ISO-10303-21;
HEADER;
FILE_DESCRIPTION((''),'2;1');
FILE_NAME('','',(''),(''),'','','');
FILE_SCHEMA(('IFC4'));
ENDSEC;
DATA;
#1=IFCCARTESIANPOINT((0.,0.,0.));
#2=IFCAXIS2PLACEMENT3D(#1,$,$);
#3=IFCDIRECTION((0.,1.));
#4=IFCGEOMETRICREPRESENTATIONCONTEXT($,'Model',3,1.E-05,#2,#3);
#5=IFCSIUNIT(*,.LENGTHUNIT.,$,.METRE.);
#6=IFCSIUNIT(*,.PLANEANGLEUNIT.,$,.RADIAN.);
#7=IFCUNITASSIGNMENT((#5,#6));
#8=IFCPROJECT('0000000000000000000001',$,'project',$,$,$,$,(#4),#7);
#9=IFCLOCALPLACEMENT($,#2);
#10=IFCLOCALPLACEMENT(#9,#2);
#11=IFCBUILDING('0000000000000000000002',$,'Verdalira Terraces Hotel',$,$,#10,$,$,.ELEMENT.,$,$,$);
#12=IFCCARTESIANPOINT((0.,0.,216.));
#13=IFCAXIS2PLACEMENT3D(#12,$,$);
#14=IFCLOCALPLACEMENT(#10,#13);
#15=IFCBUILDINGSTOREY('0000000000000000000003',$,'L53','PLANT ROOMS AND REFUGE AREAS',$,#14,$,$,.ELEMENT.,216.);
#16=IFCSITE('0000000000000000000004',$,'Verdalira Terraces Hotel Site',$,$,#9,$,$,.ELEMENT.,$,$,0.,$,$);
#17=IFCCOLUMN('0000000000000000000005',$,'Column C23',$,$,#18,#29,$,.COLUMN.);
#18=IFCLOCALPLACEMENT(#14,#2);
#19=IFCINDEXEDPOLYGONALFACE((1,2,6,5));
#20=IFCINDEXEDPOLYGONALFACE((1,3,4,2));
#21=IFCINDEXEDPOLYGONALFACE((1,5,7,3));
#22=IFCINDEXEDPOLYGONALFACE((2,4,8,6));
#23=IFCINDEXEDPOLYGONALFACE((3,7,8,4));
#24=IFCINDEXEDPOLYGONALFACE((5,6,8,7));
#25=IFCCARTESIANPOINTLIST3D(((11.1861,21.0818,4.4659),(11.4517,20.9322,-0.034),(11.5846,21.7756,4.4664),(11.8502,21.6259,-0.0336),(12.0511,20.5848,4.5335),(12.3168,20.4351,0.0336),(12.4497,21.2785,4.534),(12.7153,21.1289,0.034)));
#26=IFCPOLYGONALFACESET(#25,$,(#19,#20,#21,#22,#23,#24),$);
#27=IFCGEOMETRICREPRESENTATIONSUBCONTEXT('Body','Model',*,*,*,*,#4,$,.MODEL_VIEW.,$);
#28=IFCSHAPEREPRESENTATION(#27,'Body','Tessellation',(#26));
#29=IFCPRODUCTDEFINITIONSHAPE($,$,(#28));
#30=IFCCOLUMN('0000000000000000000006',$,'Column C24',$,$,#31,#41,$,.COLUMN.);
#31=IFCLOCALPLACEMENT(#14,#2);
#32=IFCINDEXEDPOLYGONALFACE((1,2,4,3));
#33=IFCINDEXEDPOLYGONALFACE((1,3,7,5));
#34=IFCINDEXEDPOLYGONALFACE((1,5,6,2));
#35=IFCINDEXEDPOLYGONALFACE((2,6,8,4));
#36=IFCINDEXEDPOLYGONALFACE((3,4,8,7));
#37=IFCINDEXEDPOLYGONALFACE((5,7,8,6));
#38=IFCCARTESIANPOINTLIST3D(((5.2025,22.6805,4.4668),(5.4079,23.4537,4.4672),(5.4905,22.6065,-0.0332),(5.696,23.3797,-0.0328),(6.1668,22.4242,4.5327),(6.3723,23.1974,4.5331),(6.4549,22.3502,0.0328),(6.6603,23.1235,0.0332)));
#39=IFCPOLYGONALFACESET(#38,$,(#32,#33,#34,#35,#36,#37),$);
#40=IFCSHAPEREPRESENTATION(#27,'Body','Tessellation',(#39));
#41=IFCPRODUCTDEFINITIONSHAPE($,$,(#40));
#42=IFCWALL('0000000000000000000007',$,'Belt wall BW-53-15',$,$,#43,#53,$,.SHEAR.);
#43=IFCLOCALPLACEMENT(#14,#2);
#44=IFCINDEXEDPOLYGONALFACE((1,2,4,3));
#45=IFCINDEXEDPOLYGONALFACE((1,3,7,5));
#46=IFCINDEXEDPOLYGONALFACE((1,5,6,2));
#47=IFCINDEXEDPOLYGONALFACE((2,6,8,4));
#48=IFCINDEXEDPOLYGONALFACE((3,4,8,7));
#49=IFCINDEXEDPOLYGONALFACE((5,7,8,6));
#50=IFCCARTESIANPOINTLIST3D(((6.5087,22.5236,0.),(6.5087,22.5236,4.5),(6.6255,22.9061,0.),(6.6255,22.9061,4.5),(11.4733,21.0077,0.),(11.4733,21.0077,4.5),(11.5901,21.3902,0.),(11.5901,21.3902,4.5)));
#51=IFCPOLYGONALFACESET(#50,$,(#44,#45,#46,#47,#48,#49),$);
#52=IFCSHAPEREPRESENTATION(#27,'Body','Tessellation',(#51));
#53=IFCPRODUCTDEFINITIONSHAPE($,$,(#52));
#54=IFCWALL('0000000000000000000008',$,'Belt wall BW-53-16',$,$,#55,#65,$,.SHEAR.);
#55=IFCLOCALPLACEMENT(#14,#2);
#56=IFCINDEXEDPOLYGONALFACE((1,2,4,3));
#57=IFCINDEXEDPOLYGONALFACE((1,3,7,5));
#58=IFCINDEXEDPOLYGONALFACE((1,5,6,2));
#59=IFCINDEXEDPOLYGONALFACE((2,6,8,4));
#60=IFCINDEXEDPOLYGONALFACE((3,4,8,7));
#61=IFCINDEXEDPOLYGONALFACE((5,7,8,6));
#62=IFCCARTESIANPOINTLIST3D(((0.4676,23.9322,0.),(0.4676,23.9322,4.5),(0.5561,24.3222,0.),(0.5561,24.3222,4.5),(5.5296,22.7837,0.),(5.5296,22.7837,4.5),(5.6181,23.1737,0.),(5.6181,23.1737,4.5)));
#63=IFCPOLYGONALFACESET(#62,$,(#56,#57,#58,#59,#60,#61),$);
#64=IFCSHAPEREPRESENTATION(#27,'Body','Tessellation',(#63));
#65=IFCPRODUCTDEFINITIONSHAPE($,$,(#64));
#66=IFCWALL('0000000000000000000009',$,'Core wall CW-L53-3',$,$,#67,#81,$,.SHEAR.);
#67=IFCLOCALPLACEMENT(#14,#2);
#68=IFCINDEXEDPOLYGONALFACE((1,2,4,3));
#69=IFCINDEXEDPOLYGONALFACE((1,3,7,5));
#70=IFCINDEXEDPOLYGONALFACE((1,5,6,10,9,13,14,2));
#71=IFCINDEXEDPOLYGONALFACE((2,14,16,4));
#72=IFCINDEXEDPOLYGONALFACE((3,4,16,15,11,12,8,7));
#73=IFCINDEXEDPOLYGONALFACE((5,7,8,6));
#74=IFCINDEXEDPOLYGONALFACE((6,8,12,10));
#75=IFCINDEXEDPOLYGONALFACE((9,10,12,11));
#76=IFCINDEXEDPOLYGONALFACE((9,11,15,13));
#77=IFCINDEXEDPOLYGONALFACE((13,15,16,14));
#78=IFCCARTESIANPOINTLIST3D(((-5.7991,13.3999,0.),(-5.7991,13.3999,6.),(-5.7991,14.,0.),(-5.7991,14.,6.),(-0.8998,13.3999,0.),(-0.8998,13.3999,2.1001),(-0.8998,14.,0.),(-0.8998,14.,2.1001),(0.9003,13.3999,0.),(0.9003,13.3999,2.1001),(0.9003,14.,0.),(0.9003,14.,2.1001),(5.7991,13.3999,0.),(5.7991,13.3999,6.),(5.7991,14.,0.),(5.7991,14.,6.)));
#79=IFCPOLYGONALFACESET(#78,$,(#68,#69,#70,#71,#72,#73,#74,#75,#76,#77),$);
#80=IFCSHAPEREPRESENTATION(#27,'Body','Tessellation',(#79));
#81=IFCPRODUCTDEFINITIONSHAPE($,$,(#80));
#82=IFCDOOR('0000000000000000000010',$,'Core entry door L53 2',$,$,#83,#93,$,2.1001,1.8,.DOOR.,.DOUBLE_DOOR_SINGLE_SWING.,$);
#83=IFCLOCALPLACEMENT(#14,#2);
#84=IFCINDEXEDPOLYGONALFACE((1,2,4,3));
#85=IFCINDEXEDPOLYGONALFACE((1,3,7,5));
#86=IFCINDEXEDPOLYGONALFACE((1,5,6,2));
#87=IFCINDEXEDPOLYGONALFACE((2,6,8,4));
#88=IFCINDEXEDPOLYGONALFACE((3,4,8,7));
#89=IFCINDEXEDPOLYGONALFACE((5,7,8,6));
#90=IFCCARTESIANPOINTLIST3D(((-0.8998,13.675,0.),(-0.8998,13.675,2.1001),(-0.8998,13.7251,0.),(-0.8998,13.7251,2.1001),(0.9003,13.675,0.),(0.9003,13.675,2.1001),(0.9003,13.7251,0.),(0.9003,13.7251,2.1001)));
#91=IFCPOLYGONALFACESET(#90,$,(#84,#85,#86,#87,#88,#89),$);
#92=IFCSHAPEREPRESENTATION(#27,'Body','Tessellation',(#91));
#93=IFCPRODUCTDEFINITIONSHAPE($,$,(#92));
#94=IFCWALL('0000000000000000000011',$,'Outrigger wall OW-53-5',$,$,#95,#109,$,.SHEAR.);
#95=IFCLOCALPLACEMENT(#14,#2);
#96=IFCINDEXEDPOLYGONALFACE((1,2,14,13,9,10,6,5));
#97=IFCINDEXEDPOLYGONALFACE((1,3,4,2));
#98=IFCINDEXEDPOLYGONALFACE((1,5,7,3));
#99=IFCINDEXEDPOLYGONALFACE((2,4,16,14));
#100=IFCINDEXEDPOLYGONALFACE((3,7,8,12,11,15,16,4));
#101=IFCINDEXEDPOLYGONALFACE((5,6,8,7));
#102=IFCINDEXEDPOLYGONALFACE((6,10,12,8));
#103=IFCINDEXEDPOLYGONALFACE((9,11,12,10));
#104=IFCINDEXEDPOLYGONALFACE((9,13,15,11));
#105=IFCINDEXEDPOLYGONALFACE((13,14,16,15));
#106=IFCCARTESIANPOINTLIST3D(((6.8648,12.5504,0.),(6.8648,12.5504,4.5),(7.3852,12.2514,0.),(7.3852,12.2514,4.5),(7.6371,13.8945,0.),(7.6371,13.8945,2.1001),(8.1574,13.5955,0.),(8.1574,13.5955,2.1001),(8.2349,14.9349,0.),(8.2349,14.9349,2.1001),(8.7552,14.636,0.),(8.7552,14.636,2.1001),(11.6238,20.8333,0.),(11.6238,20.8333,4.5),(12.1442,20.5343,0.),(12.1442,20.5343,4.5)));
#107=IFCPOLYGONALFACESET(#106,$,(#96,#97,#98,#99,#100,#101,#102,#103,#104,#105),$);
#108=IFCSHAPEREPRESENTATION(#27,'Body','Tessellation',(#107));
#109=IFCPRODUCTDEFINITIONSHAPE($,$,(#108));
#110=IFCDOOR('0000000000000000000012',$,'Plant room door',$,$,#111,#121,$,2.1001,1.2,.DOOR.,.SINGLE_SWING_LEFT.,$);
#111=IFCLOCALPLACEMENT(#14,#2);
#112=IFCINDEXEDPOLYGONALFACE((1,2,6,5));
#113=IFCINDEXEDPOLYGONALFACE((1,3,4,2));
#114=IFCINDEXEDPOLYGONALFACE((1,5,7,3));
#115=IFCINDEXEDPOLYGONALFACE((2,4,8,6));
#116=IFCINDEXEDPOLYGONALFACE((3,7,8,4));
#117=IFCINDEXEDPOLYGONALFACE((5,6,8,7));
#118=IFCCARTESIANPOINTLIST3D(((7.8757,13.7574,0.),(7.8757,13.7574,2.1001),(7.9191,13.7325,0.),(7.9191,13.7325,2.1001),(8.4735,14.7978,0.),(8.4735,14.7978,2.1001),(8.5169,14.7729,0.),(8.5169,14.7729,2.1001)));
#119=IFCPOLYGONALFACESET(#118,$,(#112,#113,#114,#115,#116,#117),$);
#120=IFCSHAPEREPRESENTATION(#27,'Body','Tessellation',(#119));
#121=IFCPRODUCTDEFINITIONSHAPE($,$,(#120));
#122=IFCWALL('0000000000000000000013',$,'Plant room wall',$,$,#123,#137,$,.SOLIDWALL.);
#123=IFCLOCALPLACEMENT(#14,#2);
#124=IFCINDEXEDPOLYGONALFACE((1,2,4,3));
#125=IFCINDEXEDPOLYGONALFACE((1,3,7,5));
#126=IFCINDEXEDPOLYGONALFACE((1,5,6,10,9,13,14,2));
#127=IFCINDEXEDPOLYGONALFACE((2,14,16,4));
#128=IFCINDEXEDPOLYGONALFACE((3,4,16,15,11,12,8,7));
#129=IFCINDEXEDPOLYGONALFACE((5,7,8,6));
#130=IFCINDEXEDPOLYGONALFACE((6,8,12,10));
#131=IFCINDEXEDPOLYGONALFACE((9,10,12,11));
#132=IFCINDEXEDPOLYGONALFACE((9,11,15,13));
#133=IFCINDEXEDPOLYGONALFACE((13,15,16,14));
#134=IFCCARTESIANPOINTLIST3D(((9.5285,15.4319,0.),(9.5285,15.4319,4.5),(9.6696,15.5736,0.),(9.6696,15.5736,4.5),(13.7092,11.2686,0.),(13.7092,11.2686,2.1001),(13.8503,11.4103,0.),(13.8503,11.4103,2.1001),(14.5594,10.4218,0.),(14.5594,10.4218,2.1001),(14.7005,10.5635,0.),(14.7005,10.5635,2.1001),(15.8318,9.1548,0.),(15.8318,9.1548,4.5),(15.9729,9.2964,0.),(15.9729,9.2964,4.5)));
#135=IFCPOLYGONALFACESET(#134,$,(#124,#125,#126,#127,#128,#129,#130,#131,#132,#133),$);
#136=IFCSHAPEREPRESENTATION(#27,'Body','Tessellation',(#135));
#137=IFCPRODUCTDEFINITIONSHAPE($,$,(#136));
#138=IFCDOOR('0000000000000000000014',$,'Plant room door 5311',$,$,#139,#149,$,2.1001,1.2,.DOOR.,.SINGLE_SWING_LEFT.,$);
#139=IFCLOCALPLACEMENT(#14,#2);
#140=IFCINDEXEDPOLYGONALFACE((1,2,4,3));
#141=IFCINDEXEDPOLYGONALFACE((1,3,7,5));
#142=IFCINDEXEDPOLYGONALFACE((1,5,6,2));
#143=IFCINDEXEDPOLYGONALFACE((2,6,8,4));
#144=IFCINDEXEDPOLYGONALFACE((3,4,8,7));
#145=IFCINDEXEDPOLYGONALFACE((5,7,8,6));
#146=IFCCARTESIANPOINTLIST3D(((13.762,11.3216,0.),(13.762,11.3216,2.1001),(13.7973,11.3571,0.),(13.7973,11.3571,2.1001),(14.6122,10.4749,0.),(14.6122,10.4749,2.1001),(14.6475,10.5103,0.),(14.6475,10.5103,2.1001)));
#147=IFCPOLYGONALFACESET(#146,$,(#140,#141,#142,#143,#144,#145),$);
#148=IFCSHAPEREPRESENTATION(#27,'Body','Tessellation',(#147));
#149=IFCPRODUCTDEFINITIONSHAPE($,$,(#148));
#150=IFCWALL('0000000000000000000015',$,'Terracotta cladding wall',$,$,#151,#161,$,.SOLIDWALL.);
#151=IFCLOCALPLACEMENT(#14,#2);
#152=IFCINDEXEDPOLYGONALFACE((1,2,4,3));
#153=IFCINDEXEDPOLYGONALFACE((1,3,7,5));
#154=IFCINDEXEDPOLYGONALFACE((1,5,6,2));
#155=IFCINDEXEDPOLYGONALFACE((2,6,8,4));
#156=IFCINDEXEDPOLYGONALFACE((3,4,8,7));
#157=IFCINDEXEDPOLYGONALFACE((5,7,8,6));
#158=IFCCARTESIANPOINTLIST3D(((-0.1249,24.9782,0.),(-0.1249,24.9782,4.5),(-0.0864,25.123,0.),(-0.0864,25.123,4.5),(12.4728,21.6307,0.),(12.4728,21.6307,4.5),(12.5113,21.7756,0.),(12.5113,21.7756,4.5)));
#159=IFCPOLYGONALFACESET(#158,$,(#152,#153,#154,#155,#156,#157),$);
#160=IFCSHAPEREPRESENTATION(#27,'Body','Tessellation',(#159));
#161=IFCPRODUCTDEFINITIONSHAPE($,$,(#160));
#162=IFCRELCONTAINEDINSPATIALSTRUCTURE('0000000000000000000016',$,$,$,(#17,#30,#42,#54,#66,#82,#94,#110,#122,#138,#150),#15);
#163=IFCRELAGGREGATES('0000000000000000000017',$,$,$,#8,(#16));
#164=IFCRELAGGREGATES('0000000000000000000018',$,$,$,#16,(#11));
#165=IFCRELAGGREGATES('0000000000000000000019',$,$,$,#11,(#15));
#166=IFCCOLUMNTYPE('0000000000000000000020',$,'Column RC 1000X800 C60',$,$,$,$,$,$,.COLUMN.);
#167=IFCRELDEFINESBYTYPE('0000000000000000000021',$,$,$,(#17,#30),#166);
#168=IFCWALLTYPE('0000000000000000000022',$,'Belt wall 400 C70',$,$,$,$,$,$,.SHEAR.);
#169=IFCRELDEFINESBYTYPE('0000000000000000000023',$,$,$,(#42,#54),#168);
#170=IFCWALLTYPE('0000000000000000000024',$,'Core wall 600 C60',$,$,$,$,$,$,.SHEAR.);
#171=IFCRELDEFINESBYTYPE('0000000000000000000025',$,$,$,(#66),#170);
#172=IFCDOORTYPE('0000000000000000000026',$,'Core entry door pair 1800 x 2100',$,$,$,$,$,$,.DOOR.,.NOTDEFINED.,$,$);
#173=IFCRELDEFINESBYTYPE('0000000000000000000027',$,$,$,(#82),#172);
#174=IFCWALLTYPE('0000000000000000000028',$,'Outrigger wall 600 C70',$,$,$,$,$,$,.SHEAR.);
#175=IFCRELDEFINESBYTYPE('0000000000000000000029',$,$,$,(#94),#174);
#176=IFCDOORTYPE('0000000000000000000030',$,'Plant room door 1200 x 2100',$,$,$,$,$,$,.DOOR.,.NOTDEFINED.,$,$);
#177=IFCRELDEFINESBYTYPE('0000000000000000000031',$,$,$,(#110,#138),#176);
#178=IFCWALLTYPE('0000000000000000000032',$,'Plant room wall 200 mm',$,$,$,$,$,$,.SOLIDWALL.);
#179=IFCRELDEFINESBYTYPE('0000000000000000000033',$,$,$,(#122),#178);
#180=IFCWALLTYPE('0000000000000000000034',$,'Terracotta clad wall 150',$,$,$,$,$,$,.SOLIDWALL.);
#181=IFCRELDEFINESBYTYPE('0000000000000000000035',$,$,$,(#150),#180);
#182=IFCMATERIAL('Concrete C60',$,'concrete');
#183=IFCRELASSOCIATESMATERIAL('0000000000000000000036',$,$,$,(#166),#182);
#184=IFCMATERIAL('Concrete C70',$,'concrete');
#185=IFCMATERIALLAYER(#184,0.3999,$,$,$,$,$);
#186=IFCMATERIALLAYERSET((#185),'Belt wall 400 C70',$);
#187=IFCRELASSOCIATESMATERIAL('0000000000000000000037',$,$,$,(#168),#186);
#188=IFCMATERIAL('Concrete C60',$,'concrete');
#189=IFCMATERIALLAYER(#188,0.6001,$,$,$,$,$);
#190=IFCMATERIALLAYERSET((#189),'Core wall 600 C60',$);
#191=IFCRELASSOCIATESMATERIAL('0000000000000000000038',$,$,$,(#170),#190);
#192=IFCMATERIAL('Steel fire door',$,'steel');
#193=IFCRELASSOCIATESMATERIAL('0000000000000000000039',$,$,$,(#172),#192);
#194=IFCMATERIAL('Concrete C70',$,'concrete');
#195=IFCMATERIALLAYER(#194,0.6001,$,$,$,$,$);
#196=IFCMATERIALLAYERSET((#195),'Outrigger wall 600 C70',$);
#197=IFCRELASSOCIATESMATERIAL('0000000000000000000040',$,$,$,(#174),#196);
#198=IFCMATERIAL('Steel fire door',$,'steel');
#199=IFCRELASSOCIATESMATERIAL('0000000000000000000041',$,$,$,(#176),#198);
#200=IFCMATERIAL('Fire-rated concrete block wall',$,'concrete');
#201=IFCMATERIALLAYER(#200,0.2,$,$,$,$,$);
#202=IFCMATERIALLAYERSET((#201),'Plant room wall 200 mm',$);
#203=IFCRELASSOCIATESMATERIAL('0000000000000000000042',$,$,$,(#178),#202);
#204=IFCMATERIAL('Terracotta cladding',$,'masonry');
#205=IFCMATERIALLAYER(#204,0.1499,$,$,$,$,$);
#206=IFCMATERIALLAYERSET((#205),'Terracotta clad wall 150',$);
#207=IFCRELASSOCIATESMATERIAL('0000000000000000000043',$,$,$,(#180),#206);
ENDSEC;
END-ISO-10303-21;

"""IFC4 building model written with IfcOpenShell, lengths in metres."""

from ifc_helpers import new_model, si_unit, direction, frame, frame_2d, origin, origin_2d, place, context, subcontext, project, spatial, rectangle, extrude, material, layer, layer_set, material_profile, profile_set, type_object, element, fill, save


model = new_model("IFC4")

# Units and contexts
model_context = context("Model", 3, precision=1e-05, world=origin(), true_north=direction((0.0, 1.0)))
body_context = subcontext(model_context, "Body", "Model", "MODEL_VIEW")
ifc_project = project(units=[si_unit("LENGTHUNIT", "METRE"), si_unit("PLANEANGLEUNIT", "RADIAN")], contexts=[model_context])

# Site, building, storey
site_placement = place(None, origin())
site = spatial("IfcSite", under=ifc_project, at=site_placement, Name="Verdalira Terraces Hotel Site", CompositionType="ELEMENT", RefElevation=0.0)
building_placement = place(site_placement, origin())
building = spatial("IfcBuilding", under=site, at=building_placement, Name="Verdalira Terraces Hotel", CompositionType="ELEMENT")
storey_placement = place(building_placement, frame((0.0, 0.0, 216.0)))
storey = spatial("IfcBuildingStorey", under=building, at=storey_placement, Name="L53", Description="PLANT ROOMS AND REFUGE AREAS", CompositionType="ELEMENT", Elevation=216.0)

# Columns
ifc_material_1 = material(Name="Concrete C60", Category="concrete")
ifc_material_profile_1 = material_profile(ifc_material_1, rectangle(XDim=1.0, YDim=0.8, at=origin_2d()), Name="RC 1000X800")
ifc_profile_set_1 = profile_set([ifc_material_profile_1], Name="Concrete C60")
column_type = type_object("IfcColumnType", Name="Column RC 1000X800 C60", PredefinedType="COLUMN", material=ifc_profile_set_1)
column_1_placement = place(storey_placement, frame((12.0835, 21.0305, 0.0), z_axis=(-0.058893, 0.033181, 0.997713), x_axis=(0.865088, -0.497045, 0.067595)))
element("IfcColumn", 1, at=column_1_placement, inside=storey, type_object=column_type, Name="Column C23", PredefinedType="COLUMN", context=body_context, shape_type="SweptSolid", body=[
    extrude(rectangle(XDim=1.0, YDim=0.8, at=origin_2d()), origin(), (0.0, 0.0, 1.0), 4.5103),
])
column_2_placement = place(storey_placement, frame((6.0754, 22.865, 0.0), z_axis=(-0.06388, 0.016403, 0.997823), x_axis=(-0.964347, 0.256292, -0.06595)))
element("IfcColumn", 2, at=column_2_placement, inside=storey, type_object=column_type, Name="Column C24", PredefinedType="COLUMN", context=body_context, shape_type="SweptSolid", body=[
    extrude(rectangle(XDim=1.0, YDim=0.8, at=origin_2d()), origin(), (0.0, 0.0, 1.0), 4.5098),
])

# Walls
ifc_material_2 = material(Name="Concrete C70", Category="concrete")
ifc_layer_1 = layer(ifc_material_2, 0.3999)
ifc_layer_set_1 = layer_set([ifc_layer_1], Name="Belt wall 400 C70")
wall_type_1 = type_object("IfcWallType", Name="Belt wall 400 C70", PredefinedType="SHEAR", material=ifc_layer_set_1)
wall_1_placement = place(storey_placement, frame((11.5317, 21.199, 0.0), z_axis=(0.0, 0.0, 1.0), x_axis=(-0.95641, 0.292026, 0.0)))
element("IfcWall", 3, at=wall_1_placement, inside=storey, type_object=wall_type_1, Name="Belt wall BW-53-15", PredefinedType="SHEAR", context=body_context, shape_type="SweptSolid", body=[
    extrude(rectangle(XDim=5.1909, YDim=0.3999, at=frame_2d((2.5955, 0.0))), origin(), (0.0, 0.0, 1.0), 4.5),
])
wall_2_placement = place(storey_placement, frame((5.5737, 22.9788, 0.0), z_axis=(0.0, 0.0, 1.0), x_axis=(-0.975217, 0.221251, 0.0)))
element("IfcWall", 4, at=wall_2_placement, inside=storey, type_object=wall_type_1, Name="Belt wall BW-53-16", PredefinedType="SHEAR", context=body_context, shape_type="SweptSolid", body=[
    extrude(rectangle(XDim=5.1907, YDim=0.3999, at=frame_2d((2.5952, 0.0))), origin(), (0.0, 0.0, 1.0), 4.5),
])

# Walls, openings, doors
ifc_material_3 = material(Name="Concrete C60", Category="concrete")
ifc_layer_2 = layer(ifc_material_3, 0.6001)
ifc_layer_set_2 = layer_set([ifc_layer_2], Name="Core wall 600 C60")
wall_type_2 = type_object("IfcWallType", Name="Core wall 600 C60", PredefinedType="SHEAR", material=ifc_layer_set_2)
wall_3_placement = place(storey_placement, frame((5.7991, 13.7, 0.0), z_axis=(0.0, 0.0, 1.0), x_axis=(-1.0, 0.0, 0.0)))
wall_3 = element("IfcWall", 5, at=wall_3_placement, inside=storey, type_object=wall_type_2, Name="Core wall CW-L53-3", PredefinedType="SHEAR", context=body_context, shape_type="SweptSolid", body=[
    extrude(rectangle(XDim=11.5981, YDim=0.6001, at=frame_2d((5.7991, 0.0))), origin(), (0.0, 0.0, 1.0), 6.0),
])
opening_1_placement = place(wall_3_placement, frame((4.8989, 0.0, 0.0)))
opening_1 = element("IfcOpeningElement", 6, at=opening_1_placement, cuts=wall_3, PredefinedType="OPENING", context=body_context, shape_type="SweptSolid", body=[
    extrude(rectangle(XDim=1.8, YDim=2.1001, at=frame_2d((0.8999, 1.05))), frame((0.0, 0.3101, 0.0), z_axis=(0.0, -1.0, 0.0), x_axis=(1.0, 0.0, 0.0)), (0.0, 0.0, 1.0), 0.6201),
])
ifc_material_4 = material(Name="Steel fire door", Category="steel")
door_type_1 = type_object("IfcDoorType", Name="Core entry door pair 1800 x 2100", OperationType="NOTDEFINED", PredefinedType="DOOR", material=ifc_material_4)
door_1_placement = place(opening_1_placement, origin())
door_1 = element("IfcDoor", 7, at=door_1_placement, inside=storey, type_object=door_type_1, Name="Core entry door L53 2", OperationType="DOUBLE_DOOR_SINGLE_SWING", OverallHeight=2.1001, OverallWidth=1.8, PredefinedType="DOOR", context=body_context, shape_type="SweptSolid", body=[
    extrude(rectangle(XDim=1.8, YDim=2.1001, at=frame_2d((0.8999, 1.05))), frame((0.0, 0.0249, 0.0), z_axis=(0.0, -1.0, 0.0), x_axis=(1.0, 0.0, 0.0)), (0.0, 0.0, 1.0), 0.05),
])
fill(opening_1, door_1)
ifc_material_5 = material(Name="Concrete C70", Category="concrete")
ifc_layer_3 = layer(ifc_material_5, 0.6001)
ifc_layer_set_3 = layer_set([ifc_layer_3], Name="Outrigger wall 600 C70")
wall_type_3 = type_object("IfcWallType", Name="Outrigger wall 600 C70", PredefinedType="SHEAR", material=ifc_layer_set_3)
wall_4_placement = place(storey_placement, frame((7.125, 12.4009, 0.0), z_axis=(0.0, 0.0, 1.0), x_axis=(0.498183, 0.867072, 0.0)))
wall_4 = element("IfcWall", 8, at=wall_4_placement, inside=storey, type_object=wall_type_3, Name="Outrigger wall OW-53-5", PredefinedType="SHEAR", context=body_context, shape_type="SweptSolid", body=[
    extrude(rectangle(XDim=9.5527, YDim=0.6001, at=frame_2d((4.7764, 0.0))), origin(), (0.0, 0.0, 1.0), 4.5),
])
opening_2_placement = place(wall_4_placement, frame((1.55, 0.0, 0.0)))
opening_2 = element("IfcOpeningElement", 9, at=opening_2_placement, cuts=wall_4, PredefinedType="OPENING", context=body_context, shape_type="SweptSolid", body=[
    extrude(rectangle(XDim=1.2, YDim=2.1001, at=frame_2d((0.6001, 1.05))), frame((0.0, 0.3101, 0.0), z_axis=(0.0, -1.0, 0.0), x_axis=(1.0, 0.0, 0.0)), (0.0, 0.0, 1.0), 0.6201),
])
ifc_material_6 = material(Name="Steel fire door", Category="steel")
door_type_2 = type_object("IfcDoorType", Name="Plant room door 1200 x 2100", OperationType="NOTDEFINED", PredefinedType="DOOR", material=ifc_material_6)
door_2_placement = place(opening_2_placement, origin())
door_2 = element("IfcDoor", 10, at=door_2_placement, inside=storey, type_object=door_type_2, Name="Plant room door", OperationType="SINGLE_SWING_LEFT", OverallHeight=2.1001, OverallWidth=1.2, PredefinedType="DOOR", context=body_context, shape_type="SweptSolid", body=[
    extrude(rectangle(XDim=1.2, YDim=2.1001, at=frame_2d((0.6001, 1.05))), frame((0.0, 0.0249, 0.0), z_axis=(0.0, -1.0, 0.0), x_axis=(1.0, 0.0, 0.0)), (0.0, 0.0, 1.0), 0.05),
])
fill(opening_2, door_2)
ifc_material_7 = material(Name="Fire-rated concrete block wall", Category="concrete")
ifc_layer_4 = layer(ifc_material_7, 0.2)
ifc_layer_set_4 = layer_set([ifc_layer_4], Name="Plant room wall 200 mm")
wall_type_4 = type_object("IfcWallType", Name="Plant room wall 200 mm", PredefinedType="SOLIDWALL", material=ifc_layer_set_4)
wall_5_placement = place(storey_placement, frame((9.5991, 15.5027, 0.0), z_axis=(0.0, 0.0, 1.0), x_axis=(0.708574, -0.705637, 0.0)))
wall_5 = element("IfcWall", 11, at=wall_5_placement, inside=storey, type_object=wall_type_4, Name="Plant room wall", PredefinedType="SOLIDWALL", context=body_context, shape_type="SweptSolid", body=[
    extrude(rectangle(XDim=8.8958, YDim=0.2, at=frame_2d((4.4478, 0.0))), origin(), (0.0, 0.0, 1.0), 4.5),
])
opening_3_placement = place(wall_5_placement, frame((5.8999, 0.0, 0.0)))
opening_3 = element("IfcOpeningElement", 12, at=opening_3_placement, cuts=wall_5, PredefinedType="OPENING", context=body_context, shape_type="SweptSolid", body=[
    extrude(rectangle(XDim=1.2, YDim=2.1001, at=frame_2d((0.6001, 1.05))), frame((0.0, 0.1099, 0.0), z_axis=(0.0, -1.0, 0.0), x_axis=(1.0, 0.0, 0.0)), (0.0, 0.0, 1.0), 0.22),
])
door_3_placement = place(opening_3_placement, origin())
door_3 = element("IfcDoor", 13, at=door_3_placement, inside=storey, type_object=door_type_2, Name="Plant room door 5311", OperationType="SINGLE_SWING_LEFT", OverallHeight=2.1001, OverallWidth=1.2, PredefinedType="DOOR", context=body_context, shape_type="SweptSolid", body=[
    extrude(rectangle(XDim=1.2, YDim=2.1001, at=frame_2d((0.6001, 1.05))), frame((0.0, 0.0249, 0.0), z_axis=(0.0, -1.0, 0.0), x_axis=(1.0, 0.0, 0.0)), (0.0, 0.0, 1.0), 0.05),
])
fill(opening_3, door_3)

# Wall
ifc_material_8 = material(Name="Terracotta cladding", Category="masonry")
ifc_layer_5 = layer(ifc_material_8, 0.1499)
ifc_layer_set_5 = layer_set([ifc_layer_5], Name="Terracotta clad wall 150")
wall_type_5 = type_object("IfcWallType", Name="Terracotta clad wall 150", PredefinedType="SOLIDWALL", material=ifc_layer_set_5)
wall_6_placement = place(storey_placement, frame((12.4922, 21.7031, 0.0), z_axis=(0.0, 0.0, 1.0), x_axis=(-0.966463, 0.256806, 0.0)))
element("IfcWall", 14, at=wall_6_placement, inside=storey, type_object=wall_type_5, Name="Terracotta cladding wall", PredefinedType="SOLIDWALL", context=body_context, shape_type="SweptSolid", body=[
    extrude(rectangle(XDim=13.0349, YDim=0.1499, at=frame_2d((6.5176, 0.0))), origin(), (0.0, 0.0, 1.0), 4.5),
])

save(model, "model.ifc")
